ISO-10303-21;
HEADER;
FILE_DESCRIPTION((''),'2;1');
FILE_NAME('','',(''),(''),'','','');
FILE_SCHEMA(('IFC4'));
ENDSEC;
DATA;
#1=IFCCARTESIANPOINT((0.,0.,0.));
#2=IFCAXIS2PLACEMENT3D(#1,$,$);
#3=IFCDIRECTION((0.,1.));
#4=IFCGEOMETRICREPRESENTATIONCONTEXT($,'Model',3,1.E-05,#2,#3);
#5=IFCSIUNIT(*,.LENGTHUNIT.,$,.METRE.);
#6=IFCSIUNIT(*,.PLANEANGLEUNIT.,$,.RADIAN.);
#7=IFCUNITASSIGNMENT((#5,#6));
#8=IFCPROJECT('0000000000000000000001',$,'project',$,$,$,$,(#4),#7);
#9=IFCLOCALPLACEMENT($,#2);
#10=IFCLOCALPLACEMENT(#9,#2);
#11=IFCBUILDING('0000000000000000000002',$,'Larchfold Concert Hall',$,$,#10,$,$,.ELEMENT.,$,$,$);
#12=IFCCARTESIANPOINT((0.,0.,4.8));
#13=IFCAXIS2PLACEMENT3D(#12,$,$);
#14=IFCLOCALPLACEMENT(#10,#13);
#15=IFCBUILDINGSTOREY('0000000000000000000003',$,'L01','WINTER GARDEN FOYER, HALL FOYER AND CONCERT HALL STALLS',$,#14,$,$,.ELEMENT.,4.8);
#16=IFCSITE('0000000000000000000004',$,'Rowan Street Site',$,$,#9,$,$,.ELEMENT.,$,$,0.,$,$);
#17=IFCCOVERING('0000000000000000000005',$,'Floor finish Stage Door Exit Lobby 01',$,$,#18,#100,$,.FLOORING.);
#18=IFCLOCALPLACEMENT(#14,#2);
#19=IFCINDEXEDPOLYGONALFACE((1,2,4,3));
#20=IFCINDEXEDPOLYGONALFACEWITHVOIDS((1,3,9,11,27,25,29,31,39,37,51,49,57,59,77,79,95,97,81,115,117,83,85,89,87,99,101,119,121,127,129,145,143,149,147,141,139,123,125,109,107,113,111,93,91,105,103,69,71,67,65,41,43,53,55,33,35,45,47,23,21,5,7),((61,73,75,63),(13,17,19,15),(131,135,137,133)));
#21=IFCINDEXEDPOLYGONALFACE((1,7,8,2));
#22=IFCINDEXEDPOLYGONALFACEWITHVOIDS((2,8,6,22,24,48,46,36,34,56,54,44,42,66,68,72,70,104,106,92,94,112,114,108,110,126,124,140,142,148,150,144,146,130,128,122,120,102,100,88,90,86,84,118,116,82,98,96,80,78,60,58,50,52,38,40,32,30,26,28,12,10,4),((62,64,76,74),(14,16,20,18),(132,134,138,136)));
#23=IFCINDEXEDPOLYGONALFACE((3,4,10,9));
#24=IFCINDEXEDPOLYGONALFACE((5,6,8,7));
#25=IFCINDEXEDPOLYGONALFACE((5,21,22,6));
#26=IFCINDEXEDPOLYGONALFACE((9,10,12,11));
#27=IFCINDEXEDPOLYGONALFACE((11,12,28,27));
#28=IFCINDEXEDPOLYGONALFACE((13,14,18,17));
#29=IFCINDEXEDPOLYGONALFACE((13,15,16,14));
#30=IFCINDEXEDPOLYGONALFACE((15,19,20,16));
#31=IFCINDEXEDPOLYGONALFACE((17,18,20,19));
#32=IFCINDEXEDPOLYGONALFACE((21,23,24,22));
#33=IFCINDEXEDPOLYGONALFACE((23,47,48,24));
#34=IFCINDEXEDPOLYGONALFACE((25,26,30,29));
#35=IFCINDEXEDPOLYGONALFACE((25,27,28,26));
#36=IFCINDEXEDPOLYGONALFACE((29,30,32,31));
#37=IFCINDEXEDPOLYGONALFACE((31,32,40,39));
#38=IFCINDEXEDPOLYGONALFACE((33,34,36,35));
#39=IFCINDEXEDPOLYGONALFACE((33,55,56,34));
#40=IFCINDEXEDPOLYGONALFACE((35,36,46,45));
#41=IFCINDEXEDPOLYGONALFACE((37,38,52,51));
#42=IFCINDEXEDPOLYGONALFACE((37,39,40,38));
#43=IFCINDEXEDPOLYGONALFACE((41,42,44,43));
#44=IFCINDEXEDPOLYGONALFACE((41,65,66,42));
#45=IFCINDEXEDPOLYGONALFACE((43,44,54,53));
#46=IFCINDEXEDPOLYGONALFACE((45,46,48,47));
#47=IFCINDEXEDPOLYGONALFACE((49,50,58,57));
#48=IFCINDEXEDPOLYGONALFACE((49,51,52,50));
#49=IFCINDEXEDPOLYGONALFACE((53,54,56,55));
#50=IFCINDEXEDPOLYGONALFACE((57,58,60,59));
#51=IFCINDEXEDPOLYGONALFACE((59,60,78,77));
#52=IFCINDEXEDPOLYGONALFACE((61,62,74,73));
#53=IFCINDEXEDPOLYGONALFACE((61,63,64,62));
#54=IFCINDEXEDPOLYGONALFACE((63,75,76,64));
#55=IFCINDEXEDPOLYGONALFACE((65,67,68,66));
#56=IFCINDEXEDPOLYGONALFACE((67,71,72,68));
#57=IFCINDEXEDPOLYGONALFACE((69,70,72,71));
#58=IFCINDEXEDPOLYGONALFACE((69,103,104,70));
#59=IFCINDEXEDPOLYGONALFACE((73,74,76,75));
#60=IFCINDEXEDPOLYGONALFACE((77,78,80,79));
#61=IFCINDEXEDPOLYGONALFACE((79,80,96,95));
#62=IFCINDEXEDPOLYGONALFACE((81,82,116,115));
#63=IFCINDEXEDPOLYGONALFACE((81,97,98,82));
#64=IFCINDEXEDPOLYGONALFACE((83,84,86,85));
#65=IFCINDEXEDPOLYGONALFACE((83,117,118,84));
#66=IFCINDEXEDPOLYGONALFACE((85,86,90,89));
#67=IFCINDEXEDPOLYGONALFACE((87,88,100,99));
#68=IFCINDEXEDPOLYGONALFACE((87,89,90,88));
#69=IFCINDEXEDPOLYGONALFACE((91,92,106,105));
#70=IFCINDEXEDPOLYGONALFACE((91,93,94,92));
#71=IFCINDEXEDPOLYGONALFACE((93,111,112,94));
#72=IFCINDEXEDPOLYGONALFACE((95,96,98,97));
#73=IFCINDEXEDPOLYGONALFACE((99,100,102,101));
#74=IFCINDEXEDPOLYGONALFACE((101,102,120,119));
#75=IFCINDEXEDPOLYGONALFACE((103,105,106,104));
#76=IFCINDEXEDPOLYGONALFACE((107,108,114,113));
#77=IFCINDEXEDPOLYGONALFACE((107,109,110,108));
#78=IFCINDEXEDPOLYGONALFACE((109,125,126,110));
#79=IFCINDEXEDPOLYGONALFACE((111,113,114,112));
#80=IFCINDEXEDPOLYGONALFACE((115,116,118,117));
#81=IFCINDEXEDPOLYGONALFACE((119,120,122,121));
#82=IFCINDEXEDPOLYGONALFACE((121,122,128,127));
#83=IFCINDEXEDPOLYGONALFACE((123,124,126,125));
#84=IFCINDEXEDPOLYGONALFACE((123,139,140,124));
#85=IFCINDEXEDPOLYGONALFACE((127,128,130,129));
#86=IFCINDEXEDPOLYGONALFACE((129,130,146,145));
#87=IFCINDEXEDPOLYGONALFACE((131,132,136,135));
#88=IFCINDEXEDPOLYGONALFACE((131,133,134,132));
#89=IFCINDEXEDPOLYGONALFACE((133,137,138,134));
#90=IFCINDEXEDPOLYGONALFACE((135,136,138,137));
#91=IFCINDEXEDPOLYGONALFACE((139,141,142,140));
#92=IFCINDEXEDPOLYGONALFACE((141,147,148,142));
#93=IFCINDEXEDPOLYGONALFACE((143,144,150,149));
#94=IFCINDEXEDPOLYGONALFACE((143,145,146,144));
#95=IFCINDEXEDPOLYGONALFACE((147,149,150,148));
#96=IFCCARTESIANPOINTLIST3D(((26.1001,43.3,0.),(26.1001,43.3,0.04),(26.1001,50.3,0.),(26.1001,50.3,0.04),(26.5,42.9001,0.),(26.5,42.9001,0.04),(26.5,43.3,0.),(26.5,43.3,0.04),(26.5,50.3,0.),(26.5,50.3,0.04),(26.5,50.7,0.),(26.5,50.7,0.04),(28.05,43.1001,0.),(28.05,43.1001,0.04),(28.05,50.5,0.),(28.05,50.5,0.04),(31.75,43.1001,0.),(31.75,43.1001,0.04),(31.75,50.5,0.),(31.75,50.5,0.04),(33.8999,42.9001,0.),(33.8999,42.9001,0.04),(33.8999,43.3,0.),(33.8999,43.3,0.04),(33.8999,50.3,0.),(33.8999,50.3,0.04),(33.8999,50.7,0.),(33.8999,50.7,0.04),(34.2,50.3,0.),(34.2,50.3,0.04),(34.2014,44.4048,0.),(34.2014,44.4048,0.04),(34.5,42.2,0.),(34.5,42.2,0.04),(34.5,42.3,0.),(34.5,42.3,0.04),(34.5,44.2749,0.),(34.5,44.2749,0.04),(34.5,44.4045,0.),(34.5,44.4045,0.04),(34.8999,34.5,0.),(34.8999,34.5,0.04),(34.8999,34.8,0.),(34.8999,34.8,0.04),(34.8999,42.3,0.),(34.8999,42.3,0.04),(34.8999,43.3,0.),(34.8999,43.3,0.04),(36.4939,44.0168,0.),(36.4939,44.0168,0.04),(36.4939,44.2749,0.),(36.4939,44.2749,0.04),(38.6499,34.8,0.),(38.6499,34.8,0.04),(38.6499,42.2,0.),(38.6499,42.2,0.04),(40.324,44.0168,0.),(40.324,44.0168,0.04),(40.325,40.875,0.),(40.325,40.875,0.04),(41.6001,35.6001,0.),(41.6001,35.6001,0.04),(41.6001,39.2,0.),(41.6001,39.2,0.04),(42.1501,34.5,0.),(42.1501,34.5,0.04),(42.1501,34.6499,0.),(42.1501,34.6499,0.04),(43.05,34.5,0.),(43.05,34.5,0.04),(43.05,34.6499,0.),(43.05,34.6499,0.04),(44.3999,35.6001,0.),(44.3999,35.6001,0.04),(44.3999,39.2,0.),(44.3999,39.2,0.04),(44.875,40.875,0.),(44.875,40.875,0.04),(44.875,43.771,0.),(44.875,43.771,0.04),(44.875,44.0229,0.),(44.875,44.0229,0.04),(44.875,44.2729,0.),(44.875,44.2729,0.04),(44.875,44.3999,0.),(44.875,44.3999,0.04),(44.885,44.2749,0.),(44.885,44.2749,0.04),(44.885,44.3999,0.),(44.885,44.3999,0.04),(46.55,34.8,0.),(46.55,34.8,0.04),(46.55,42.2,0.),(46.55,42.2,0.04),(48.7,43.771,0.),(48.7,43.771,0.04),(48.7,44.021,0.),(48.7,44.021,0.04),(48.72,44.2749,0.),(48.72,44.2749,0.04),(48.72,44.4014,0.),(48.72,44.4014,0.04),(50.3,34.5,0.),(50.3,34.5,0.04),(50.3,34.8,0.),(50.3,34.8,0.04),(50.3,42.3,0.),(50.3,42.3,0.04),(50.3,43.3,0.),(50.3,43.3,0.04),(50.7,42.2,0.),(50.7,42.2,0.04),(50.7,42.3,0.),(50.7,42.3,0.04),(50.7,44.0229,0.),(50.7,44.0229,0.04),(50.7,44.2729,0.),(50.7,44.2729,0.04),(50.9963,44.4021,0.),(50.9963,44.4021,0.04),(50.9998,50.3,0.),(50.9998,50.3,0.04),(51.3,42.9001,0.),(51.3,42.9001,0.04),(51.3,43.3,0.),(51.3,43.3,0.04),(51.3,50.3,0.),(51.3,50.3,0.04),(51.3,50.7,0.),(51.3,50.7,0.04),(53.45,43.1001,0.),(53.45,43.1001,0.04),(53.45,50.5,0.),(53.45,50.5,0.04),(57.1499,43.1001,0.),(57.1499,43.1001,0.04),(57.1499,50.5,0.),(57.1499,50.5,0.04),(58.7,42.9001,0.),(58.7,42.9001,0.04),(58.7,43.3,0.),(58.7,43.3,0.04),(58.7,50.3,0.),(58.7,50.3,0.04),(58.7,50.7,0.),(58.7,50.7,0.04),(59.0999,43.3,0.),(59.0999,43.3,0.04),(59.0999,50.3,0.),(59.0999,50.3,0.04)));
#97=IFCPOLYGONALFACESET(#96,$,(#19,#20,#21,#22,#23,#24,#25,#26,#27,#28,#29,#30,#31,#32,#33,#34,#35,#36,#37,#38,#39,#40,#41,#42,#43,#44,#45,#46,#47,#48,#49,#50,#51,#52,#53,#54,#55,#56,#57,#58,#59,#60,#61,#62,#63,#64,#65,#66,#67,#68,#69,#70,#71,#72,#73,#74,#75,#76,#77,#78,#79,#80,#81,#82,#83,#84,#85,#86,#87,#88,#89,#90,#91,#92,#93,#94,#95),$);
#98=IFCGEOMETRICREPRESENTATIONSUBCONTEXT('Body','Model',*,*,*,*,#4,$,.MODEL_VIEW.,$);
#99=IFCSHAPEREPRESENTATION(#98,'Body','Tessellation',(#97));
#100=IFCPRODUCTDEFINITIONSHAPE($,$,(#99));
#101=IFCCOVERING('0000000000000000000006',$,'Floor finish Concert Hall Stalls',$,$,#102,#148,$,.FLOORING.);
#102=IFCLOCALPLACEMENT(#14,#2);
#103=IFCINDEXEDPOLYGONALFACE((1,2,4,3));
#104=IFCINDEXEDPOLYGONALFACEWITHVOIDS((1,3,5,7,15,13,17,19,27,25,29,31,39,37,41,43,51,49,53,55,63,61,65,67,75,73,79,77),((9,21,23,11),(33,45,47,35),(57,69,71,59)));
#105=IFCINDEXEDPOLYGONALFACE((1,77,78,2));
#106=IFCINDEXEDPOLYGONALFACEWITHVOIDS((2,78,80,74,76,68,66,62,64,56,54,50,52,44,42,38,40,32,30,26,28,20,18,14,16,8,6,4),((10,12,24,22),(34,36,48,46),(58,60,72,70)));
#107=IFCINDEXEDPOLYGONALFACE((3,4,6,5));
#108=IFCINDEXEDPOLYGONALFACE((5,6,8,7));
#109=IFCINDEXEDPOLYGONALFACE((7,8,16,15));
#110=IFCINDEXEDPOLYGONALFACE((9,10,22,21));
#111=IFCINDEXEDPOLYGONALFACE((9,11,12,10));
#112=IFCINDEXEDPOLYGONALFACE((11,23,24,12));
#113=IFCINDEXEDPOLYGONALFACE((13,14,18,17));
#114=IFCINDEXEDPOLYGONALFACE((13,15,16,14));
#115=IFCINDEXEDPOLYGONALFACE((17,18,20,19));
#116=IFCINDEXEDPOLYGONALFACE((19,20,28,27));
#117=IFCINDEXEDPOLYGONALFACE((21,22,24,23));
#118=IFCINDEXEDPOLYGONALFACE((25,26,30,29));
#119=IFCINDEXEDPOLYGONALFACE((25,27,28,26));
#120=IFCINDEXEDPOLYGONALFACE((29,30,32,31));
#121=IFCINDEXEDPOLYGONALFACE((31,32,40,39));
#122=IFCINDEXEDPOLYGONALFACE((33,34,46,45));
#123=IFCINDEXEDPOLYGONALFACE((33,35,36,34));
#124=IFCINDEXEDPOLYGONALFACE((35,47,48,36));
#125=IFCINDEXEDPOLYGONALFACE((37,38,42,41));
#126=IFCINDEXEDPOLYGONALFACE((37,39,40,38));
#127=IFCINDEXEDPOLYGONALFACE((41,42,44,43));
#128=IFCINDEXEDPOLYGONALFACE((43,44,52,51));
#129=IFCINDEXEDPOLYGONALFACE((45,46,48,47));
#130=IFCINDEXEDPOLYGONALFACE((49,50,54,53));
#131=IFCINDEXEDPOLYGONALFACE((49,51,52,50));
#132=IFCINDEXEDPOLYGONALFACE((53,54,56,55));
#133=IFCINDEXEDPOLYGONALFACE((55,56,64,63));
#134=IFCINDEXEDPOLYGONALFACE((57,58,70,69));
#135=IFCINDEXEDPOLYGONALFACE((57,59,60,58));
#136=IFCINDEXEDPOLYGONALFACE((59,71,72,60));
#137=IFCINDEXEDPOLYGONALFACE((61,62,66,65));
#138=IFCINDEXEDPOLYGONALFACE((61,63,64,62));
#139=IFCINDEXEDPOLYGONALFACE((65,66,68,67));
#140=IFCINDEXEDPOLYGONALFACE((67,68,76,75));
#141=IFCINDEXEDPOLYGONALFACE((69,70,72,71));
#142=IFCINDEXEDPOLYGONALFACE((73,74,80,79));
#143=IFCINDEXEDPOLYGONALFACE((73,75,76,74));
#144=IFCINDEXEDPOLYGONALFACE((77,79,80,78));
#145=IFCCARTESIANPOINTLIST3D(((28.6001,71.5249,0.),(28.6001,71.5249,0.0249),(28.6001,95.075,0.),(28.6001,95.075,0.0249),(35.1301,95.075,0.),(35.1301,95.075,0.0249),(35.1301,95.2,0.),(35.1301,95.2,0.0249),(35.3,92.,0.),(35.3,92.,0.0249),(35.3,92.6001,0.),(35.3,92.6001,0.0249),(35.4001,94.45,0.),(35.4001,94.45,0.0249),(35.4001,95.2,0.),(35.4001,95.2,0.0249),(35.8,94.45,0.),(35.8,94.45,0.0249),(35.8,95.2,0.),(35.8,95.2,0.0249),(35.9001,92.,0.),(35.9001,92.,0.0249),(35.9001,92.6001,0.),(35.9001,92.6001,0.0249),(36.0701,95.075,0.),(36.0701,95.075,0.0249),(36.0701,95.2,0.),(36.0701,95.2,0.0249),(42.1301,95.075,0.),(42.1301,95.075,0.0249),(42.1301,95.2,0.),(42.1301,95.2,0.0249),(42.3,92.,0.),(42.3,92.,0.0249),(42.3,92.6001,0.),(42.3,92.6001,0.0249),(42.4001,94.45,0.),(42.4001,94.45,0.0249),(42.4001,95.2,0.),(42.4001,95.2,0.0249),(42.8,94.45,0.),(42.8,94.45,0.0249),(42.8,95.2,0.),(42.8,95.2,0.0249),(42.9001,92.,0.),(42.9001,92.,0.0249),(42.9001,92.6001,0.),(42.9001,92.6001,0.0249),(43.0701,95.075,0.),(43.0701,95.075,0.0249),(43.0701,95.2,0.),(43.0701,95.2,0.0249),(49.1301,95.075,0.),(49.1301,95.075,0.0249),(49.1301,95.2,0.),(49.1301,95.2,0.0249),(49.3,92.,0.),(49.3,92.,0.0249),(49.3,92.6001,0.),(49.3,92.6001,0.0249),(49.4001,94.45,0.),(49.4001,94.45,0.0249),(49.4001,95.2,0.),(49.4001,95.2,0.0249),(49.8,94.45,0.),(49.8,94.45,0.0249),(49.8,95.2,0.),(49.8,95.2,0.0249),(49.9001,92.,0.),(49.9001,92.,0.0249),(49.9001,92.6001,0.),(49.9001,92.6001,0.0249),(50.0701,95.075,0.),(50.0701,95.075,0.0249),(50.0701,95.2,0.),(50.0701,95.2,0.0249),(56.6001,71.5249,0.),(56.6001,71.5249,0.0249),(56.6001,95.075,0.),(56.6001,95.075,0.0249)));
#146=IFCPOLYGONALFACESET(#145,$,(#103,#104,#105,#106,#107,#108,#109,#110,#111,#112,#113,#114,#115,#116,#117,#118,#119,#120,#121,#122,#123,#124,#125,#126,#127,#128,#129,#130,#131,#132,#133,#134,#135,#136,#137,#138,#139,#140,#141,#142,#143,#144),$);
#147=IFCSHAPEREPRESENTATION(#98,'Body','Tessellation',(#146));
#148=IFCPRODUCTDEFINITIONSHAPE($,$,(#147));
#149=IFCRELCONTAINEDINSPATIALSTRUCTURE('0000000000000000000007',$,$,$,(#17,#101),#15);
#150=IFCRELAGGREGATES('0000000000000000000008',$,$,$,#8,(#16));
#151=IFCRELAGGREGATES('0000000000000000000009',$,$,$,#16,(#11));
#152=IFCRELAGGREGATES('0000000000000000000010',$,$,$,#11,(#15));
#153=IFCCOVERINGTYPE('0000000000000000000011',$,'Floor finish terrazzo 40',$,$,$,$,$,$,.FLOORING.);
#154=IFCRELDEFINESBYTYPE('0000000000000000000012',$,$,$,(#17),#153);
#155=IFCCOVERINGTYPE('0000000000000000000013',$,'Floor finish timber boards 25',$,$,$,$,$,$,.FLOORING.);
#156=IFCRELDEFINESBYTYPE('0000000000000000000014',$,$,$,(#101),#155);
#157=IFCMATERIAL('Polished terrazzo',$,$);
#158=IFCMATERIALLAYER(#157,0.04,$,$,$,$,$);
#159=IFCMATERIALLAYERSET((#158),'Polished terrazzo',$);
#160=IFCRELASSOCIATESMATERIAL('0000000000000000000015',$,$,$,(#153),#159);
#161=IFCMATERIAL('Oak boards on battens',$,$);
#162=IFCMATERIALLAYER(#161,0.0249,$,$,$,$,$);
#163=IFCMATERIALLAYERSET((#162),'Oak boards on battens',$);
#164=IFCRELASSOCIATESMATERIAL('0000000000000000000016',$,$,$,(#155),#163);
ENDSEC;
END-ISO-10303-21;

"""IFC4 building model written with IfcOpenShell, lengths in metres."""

from ifc_helpers import new_model, si_unit, direction, frame, origin, place, context, subcontext, project, spatial, polyline, outline, extrude, material, layer, layer_set, type_object, element, save


model = new_model("IFC4")

# Units and contexts
model_context = context("Model", 3, precision=1e-05, world=origin(), true_north=direction((0.0, 1.0)))
body_context = subcontext(model_context, "Body", "Model", "MODEL_VIEW")
ifc_project = project(units=[si_unit("LENGTHUNIT", "METRE"), si_unit("PLANEANGLEUNIT", "RADIAN")], contexts=[model_context])

# Site, building, storey
site_placement = place(None, origin())
site = spatial("IfcSite", under=ifc_project, at=site_placement, Name="Rowan Street Site", CompositionType="ELEMENT", RefElevation=0.0)
building_placement = place(site_placement, origin())
building = spatial("IfcBuilding", under=site, at=building_placement, Name="Larchfold Concert Hall", CompositionType="ELEMENT")
storey_placement = place(building_placement, frame((0.0, 0.0, 4.8)))
storey = spatial("IfcBuildingStorey", under=building, at=storey_placement, Name="L01", Description="WINTER GARDEN FOYER, HALL FOYER AND CONCERT HALL STALLS", CompositionType="ELEMENT", Elevation=4.8)

# Coverings
ifc_material_1 = material(Name="Polished terrazzo")
ifc_layer_1 = layer(ifc_material_1, 0.04)
ifc_layer_set_1 = layer_set([ifc_layer_1], Name="Polished terrazzo")
covering_type_1 = type_object("IfcCoveringType", Name="Floor finish terrazzo 40", PredefinedType="FLOORING", material=ifc_layer_set_1)
covering_1_placement = place(storey_placement, origin())
element("IfcCovering", 1, at=covering_1_placement, inside=storey, type_object=covering_type_1, Name="Floor finish Stage Door Exit Lobby 01", PredefinedType="FLOORING", context=body_context, shape_type="SweptSolid", body=[
    extrude(outline(polyline([(34.5, 44.4045), (34.2014, 44.4048), (34.2, 50.3), (33.8999, 50.3), (33.8999, 50.7), (26.5, 50.7), (26.5, 50.3), (26.1001, 50.3), (26.1001, 43.3), (26.5, 43.3), (26.5, 42.9001), (33.8999, 42.9001), (33.8999, 43.3), (34.8999, 43.3), (34.8999, 42.3), (34.5, 42.3), (34.5, 42.2), (38.6499, 42.2), (38.6499, 34.8), (34.8999, 34.8), (34.8999, 34.5), (42.1501, 34.5), (42.1501, 34.6499), (43.05, 34.6499), (43.05, 34.5), (50.3, 34.5), (50.3, 34.8), (46.55, 34.8), (46.55, 42.2), (50.7, 42.2), (50.7, 42.3), (50.3, 42.3), (50.3, 43.3), (51.3, 43.3), (51.3, 42.9001), (58.7, 42.9001), (58.7, 43.3), (59.0999, 43.3), (59.0999, 50.3), (58.7, 50.3), (58.7, 50.7), (51.3, 50.7), (51.3, 50.3), (50.9998, 50.3), (50.9963, 44.4021), (48.72, 44.4014), (48.72, 44.2749), (44.885, 44.2749), (44.885, 44.3999), (44.875, 44.3999), (44.875, 44.2729), (50.7, 44.2729), (50.7, 44.0229), (44.875, 44.0229), (48.7, 44.021), (48.7, 43.771), (44.875, 43.771), (44.875, 40.875), (40.325, 40.875), (40.324, 44.0168), (36.4939, 44.0168), (36.4939, 44.2749), (34.5, 44.2749), (34.5, 44.4045)]), holes=[polyline([(53.45, 43.1001), (53.45, 50.5), (57.1499, 50.5), (57.1499, 43.1001), (53.45, 43.1001)]), polyline([(41.6001, 35.6001), (41.6001, 39.2), (44.3999, 39.2), (44.3999, 35.6001), (41.6001, 35.6001)]), polyline([(31.75, 43.1001), (28.05, 43.1001), (28.05, 50.5), (31.75, 50.5), (31.75, 43.1001)])]), origin(), (0.0, 0.0, 1.0), 0.04),
])
ifc_material_2 = material(Name="Oak boards on battens")
ifc_layer_2 = layer(ifc_material_2, 0.0249)
ifc_layer_set_2 = layer_set([ifc_layer_2], Name="Oak boards on battens")
covering_type_2 = type_object("IfcCoveringType", Name="Floor finish timber boards 25", PredefinedType="FLOORING", material=ifc_layer_set_2)
covering_2_placement = place(storey_placement, origin())
element("IfcCovering", 2, at=covering_2_placement, inside=storey, type_object=covering_type_2, Name="Floor finish Concert Hall Stalls", PredefinedType="FLOORING", context=body_context, shape_type="SweptSolid", body=[
    extrude(outline(polyline([(28.6001, 71.5249), (56.6001, 71.5249), (56.6001, 95.075), (50.0701, 95.075), (50.0701, 95.2), (49.8, 95.2), (49.8, 94.45), (49.4001, 94.45), (49.4001, 95.2), (49.1301, 95.2), (49.1301, 95.075), (43.0701, 95.075), (43.0701, 95.2), (42.8, 95.2), (42.8, 94.45), (42.4001, 94.45), (42.4001, 95.2), (42.1301, 95.2), (42.1301, 95.075), (36.0701, 95.075), (36.0701, 95.2), (35.8, 95.2), (35.8, 94.45), (35.4001, 94.45), (35.4001, 95.2), (35.1301, 95.2), (35.1301, 95.075), (28.6001, 95.075), (28.6001, 71.5249)]), holes=[polyline([(49.9001, 92.6001), (49.9001, 92.0), (49.3, 92.0), (49.3, 92.6001), (49.9001, 92.6001)]), polyline([(42.9001, 92.6001), (42.9001, 92.0), (42.3, 92.0), (42.3, 92.6001), (42.9001, 92.6001)]), polyline([(35.9001, 92.6001), (35.9001, 92.0), (35.3, 92.0), (35.3, 92.6001), (35.9001, 92.6001)])]), origin(), (0.0, 0.0, 1.0), 0.0249),
])

save(model, "model.ifc")
